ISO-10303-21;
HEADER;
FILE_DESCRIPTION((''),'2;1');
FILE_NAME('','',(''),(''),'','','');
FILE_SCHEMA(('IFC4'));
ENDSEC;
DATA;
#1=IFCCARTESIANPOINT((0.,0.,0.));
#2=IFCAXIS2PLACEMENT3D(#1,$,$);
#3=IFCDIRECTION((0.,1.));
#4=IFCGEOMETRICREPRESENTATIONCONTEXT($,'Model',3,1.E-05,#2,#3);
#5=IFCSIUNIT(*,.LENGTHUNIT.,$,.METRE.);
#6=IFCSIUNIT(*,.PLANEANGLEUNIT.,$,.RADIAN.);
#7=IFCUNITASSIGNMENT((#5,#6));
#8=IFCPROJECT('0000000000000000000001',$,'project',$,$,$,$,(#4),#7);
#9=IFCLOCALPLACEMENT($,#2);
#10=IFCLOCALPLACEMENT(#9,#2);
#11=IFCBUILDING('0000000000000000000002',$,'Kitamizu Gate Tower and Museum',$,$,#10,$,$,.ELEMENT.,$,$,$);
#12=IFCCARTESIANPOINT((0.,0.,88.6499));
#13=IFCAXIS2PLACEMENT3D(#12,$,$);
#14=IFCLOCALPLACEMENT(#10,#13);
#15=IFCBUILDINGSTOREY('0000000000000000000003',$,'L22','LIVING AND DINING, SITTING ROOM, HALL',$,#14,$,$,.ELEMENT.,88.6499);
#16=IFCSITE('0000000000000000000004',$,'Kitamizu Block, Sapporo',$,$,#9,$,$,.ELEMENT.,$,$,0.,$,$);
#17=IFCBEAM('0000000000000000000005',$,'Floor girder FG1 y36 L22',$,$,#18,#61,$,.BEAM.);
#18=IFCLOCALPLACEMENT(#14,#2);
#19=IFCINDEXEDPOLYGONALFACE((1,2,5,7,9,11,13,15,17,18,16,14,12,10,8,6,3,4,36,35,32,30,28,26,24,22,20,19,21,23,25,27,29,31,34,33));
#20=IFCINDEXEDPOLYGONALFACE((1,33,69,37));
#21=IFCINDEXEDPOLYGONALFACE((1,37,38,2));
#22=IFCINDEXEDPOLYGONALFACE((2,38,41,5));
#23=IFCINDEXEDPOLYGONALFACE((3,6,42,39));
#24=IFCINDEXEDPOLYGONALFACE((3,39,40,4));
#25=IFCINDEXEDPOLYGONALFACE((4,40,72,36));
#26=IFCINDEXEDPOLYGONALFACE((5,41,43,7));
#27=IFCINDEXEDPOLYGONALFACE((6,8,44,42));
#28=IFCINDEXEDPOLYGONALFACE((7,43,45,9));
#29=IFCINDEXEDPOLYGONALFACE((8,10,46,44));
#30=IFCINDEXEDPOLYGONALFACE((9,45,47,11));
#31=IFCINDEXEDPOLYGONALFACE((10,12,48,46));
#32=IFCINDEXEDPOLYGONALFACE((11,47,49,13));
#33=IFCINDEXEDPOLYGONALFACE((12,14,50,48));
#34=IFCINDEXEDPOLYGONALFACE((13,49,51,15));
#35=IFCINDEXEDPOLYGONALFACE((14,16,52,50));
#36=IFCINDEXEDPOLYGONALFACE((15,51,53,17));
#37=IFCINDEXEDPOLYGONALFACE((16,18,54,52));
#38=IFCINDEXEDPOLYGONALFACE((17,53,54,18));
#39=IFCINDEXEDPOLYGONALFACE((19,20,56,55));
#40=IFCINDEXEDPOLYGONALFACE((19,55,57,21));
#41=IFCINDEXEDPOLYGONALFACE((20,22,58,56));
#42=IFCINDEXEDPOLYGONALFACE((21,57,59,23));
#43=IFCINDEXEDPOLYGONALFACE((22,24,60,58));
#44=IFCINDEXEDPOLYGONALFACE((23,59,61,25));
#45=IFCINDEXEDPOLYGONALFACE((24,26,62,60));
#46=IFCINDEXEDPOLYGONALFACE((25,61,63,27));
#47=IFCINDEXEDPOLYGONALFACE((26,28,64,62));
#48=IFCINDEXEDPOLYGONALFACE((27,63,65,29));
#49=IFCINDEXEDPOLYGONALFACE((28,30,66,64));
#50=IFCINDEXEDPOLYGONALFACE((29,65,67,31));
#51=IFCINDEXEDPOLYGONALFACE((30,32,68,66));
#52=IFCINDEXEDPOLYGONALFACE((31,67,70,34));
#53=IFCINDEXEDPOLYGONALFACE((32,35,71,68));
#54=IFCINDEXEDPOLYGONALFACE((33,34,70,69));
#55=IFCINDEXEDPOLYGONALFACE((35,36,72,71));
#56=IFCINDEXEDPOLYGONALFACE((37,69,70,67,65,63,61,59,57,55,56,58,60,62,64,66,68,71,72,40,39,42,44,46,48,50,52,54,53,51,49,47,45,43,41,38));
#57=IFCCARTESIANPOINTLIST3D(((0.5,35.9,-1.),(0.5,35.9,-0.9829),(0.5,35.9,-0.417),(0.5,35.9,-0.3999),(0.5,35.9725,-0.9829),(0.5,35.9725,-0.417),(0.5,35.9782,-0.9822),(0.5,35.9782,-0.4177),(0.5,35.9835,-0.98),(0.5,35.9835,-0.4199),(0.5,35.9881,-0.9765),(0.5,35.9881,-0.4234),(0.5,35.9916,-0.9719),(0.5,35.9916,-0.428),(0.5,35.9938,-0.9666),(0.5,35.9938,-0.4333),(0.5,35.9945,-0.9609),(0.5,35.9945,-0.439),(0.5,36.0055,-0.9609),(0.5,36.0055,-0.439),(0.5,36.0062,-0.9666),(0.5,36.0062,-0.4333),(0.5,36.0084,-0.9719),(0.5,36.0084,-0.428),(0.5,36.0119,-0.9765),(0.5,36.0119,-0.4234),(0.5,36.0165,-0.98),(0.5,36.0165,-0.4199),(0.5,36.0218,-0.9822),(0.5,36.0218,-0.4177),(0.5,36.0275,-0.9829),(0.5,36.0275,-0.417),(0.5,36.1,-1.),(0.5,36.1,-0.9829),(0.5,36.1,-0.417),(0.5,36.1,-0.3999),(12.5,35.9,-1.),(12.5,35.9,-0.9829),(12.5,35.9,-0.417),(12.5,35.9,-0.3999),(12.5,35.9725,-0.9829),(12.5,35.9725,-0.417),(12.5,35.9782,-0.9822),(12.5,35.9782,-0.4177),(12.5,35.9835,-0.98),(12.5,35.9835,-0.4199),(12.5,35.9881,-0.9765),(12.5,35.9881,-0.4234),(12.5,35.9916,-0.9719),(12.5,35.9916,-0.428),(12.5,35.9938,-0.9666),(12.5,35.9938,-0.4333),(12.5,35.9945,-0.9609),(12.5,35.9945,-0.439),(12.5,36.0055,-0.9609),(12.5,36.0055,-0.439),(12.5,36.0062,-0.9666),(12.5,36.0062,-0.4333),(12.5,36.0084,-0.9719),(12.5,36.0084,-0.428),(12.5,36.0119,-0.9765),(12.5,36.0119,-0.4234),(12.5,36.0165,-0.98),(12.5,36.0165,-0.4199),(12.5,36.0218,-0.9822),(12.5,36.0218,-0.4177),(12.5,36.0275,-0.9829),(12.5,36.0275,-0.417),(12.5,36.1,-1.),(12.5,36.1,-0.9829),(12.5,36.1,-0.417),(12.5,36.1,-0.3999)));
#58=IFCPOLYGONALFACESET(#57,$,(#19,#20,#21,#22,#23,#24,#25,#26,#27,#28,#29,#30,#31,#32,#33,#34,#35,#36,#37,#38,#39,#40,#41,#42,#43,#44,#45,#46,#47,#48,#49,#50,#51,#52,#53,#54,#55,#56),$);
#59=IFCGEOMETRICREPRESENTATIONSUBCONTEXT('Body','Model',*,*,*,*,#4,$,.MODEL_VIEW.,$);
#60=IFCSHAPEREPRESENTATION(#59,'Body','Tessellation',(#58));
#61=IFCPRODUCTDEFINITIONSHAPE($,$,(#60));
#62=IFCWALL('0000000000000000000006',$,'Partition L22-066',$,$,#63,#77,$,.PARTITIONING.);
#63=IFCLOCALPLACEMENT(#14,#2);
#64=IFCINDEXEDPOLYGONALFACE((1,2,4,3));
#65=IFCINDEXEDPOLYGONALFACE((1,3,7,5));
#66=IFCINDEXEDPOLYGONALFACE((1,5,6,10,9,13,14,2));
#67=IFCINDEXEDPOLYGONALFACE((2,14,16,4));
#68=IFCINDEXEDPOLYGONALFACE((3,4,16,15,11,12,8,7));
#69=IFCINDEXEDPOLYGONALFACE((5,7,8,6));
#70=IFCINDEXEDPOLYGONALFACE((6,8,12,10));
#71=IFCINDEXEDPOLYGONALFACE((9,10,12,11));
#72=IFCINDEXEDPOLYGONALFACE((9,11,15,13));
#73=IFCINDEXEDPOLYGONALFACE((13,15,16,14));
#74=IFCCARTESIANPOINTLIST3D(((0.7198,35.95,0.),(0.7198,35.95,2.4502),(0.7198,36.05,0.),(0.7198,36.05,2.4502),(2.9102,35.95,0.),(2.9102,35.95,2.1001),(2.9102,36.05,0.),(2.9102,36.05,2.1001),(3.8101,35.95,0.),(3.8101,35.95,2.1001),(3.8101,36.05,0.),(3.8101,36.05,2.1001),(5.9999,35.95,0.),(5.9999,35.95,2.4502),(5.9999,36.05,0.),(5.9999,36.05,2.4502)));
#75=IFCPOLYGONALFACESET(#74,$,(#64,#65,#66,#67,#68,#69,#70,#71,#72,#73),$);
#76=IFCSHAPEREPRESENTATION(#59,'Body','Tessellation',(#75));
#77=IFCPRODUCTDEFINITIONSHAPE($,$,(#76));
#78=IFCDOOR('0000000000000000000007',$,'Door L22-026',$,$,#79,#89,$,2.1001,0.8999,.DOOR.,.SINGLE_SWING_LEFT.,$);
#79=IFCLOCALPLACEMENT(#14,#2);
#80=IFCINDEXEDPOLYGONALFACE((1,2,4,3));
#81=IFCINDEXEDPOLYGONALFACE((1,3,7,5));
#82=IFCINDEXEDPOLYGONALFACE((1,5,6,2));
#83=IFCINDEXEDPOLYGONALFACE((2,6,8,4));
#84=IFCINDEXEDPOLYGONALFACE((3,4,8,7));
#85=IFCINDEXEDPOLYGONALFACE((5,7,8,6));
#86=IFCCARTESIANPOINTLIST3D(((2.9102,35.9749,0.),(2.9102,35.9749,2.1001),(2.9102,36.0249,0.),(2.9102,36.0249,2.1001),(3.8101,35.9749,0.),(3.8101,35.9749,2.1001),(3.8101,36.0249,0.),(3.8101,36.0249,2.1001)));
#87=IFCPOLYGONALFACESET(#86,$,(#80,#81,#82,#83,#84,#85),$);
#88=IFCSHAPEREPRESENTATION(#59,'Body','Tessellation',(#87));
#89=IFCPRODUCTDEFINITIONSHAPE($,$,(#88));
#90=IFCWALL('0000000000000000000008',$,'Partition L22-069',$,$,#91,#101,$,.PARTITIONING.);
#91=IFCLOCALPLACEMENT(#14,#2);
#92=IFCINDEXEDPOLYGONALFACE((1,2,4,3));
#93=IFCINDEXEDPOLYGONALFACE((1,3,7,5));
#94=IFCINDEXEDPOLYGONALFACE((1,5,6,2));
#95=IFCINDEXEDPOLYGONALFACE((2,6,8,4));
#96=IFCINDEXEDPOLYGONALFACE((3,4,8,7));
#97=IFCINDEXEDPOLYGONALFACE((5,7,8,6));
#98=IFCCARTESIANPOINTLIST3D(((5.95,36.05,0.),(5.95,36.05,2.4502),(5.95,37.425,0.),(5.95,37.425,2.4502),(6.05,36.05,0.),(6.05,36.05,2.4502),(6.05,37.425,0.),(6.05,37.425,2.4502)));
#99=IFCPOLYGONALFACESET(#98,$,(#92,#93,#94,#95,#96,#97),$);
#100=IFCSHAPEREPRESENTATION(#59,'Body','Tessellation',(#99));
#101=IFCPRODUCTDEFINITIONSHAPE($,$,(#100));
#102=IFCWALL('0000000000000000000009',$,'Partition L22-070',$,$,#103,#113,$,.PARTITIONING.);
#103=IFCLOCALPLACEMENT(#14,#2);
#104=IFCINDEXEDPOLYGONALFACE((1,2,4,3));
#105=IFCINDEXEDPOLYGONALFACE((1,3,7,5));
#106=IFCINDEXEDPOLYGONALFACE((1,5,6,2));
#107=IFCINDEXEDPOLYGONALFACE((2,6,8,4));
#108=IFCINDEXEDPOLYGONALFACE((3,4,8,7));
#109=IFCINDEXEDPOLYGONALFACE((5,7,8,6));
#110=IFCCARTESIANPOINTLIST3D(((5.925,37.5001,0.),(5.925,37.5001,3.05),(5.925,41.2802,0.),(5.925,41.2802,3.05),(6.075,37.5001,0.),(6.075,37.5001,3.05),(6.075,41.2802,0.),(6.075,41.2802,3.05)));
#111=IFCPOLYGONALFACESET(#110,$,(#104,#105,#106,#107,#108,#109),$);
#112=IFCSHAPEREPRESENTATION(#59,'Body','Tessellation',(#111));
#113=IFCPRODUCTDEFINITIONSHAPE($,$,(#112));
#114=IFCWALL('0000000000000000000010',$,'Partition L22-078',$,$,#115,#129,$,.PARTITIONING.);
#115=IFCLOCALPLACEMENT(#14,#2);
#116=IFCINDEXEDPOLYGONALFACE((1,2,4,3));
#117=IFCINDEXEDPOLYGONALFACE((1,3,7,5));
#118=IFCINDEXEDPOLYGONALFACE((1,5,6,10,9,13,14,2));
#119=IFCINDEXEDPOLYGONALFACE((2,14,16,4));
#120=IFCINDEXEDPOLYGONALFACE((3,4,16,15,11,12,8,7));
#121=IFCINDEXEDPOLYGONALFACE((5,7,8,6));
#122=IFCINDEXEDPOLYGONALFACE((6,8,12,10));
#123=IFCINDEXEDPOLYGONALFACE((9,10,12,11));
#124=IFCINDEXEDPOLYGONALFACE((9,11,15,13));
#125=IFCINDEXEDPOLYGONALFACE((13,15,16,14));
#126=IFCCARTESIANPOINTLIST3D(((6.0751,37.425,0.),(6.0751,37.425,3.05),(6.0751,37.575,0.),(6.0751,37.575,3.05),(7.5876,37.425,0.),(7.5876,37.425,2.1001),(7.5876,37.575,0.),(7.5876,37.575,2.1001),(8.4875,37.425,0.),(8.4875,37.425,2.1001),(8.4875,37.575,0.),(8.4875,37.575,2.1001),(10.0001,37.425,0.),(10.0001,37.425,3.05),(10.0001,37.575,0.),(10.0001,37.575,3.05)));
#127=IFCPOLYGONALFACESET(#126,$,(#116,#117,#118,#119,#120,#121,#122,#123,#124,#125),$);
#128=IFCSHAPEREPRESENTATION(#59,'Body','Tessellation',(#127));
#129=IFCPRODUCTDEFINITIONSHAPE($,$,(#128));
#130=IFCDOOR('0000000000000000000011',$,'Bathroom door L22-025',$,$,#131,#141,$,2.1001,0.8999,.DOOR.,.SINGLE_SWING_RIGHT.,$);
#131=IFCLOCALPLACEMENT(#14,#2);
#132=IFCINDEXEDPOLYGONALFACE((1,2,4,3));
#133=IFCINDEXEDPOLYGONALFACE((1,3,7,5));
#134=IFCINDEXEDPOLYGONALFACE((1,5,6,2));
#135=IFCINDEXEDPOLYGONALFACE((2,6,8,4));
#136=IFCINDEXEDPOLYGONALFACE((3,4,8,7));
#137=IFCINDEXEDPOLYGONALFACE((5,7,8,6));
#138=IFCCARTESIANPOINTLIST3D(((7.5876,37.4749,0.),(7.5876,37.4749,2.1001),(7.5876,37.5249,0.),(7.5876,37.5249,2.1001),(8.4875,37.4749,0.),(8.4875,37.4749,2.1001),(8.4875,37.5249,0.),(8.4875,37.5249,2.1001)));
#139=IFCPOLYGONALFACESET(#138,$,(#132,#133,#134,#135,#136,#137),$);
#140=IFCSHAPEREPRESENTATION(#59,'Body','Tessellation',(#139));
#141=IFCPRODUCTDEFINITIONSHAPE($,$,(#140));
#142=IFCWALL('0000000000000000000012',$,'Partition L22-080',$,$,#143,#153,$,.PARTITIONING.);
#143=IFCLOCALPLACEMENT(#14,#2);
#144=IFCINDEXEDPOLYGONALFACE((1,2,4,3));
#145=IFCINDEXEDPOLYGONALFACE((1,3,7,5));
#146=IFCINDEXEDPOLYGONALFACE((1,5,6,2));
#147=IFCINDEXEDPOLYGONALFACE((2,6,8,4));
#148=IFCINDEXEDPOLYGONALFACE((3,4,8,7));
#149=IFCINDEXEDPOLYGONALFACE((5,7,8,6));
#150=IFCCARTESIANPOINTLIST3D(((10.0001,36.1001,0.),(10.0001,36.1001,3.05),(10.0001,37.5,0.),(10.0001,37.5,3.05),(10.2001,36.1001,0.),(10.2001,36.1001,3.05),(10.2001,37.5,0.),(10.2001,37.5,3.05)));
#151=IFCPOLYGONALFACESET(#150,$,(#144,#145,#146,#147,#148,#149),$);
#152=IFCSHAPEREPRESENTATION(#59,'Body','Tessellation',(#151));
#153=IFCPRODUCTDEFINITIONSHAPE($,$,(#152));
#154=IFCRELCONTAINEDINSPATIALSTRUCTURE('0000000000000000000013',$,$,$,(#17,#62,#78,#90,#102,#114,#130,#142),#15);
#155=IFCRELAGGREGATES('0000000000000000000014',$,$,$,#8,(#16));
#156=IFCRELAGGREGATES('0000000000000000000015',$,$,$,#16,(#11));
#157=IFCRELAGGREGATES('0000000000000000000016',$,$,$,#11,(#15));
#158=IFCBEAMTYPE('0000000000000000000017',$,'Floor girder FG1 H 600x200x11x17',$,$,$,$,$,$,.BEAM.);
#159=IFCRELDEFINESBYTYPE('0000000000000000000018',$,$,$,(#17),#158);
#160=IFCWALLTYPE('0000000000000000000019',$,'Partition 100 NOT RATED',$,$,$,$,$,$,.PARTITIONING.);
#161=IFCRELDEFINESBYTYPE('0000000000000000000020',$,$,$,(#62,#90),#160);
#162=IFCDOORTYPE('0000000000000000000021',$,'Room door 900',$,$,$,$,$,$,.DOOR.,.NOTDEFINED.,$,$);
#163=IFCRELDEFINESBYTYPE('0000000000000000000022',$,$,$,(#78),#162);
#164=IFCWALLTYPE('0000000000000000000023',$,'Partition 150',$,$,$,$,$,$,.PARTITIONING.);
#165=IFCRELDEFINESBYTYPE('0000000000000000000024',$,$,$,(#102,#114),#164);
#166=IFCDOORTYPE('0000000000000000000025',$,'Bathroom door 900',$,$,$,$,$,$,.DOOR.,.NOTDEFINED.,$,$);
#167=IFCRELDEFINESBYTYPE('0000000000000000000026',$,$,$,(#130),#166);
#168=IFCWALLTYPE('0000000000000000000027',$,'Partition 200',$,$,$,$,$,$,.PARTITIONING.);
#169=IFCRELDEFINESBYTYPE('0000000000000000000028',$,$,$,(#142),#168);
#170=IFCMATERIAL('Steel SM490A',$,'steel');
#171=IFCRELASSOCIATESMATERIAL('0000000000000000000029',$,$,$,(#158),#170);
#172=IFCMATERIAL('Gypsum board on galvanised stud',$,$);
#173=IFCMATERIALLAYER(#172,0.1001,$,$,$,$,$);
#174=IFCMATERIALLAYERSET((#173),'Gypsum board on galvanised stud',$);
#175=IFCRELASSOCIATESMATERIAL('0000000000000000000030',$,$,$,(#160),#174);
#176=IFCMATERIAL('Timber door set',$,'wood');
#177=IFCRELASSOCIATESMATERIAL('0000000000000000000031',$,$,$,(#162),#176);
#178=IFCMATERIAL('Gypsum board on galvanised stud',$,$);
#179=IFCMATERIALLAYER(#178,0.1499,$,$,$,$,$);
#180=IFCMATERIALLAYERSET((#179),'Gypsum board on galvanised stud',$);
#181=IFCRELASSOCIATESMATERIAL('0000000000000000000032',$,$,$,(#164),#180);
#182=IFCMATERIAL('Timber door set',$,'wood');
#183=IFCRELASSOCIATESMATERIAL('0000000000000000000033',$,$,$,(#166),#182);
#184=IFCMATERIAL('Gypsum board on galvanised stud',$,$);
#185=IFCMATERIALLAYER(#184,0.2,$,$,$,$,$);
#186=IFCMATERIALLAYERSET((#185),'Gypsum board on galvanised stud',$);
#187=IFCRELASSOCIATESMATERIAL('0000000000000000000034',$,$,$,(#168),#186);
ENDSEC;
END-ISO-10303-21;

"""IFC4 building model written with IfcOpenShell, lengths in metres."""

from ifc_helpers import new_model, si_unit, direction, frame, frame_2d, origin, origin_2d, place, context, subcontext, project, spatial, rectangle, i_section, extrude, material, layer, layer_set, material_profile, profile_set, type_object, element, fill, save


model = new_model("IFC4")

# Units and contexts
model_context = context("Model", 3, precision=1e-05, world=origin(), true_north=direction((0.0, 1.0)))
body_context = subcontext(model_context, "Body", "Model", "MODEL_VIEW")
ifc_project = project(units=[si_unit("LENGTHUNIT", "METRE"), si_unit("PLANEANGLEUNIT", "RADIAN")], contexts=[model_context])

# Site, building, storey
site_placement = place(None, origin())
site = spatial("IfcSite", under=ifc_project, at=site_placement, Name="Kitamizu Block, Sapporo", CompositionType="ELEMENT", RefElevation=0.0)
building_placement = place(site_placement, origin())
building = spatial("IfcBuilding", under=site, at=building_placement, Name="Kitamizu Gate Tower and Museum", CompositionType="ELEMENT")
storey_placement = place(building_placement, frame((0.0, 0.0, 88.6499)))
storey = spatial("IfcBuildingStorey", under=building, at=storey_placement, Name="L22", Description="LIVING AND DINING, SITTING ROOM, HALL", CompositionType="ELEMENT", Elevation=88.6499)

# Beam
ifc_material_1 = material(Name="Steel SM490A", Category="steel")
ifc_material_profile = material_profile(ifc_material_1, i_section(OverallWidth=0.2, OverallDepth=0.6001, WebThickness=0.011, FlangeThickness=0.0171, FilletRadius=0.022, at=origin_2d()), Name="H-600x200x11x17")
ifc_profile_set = profile_set([ifc_material_profile], Name="Steel SM490A")
beam_type = type_object("IfcBeamType", Name="Floor girder FG1 H 600x200x11x17", PredefinedType="BEAM", material=ifc_profile_set)
beam_placement = place(storey_placement, frame((0.5, 36.0, -0.7), z_axis=(1.0, 0.0, 0.0), x_axis=(0.0, 1.0, 0.0)))
element("IfcBeam", 1, at=beam_placement, inside=storey, type_object=beam_type, Name="Floor girder FG1 y36 L22", PredefinedType="BEAM", context=body_context, shape_type="SweptSolid", body=[
    extrude(i_section(OverallWidth=0.2, OverallDepth=0.6001, WebThickness=0.011, FlangeThickness=0.0171, FilletRadius=0.022, at=origin_2d()), origin(), (0.0, 0.0, 1.0), 12.0),
])

# Wall, opening, door
ifc_material_2 = material(Name="Gypsum board on galvanised stud")
ifc_layer_1 = layer(ifc_material_2, 0.1001)
ifc_layer_set_1 = layer_set([ifc_layer_1], Name="Gypsum board on galvanised stud")
wall_type_1 = type_object("IfcWallType", Name="Partition 100 NOT RATED", PredefinedType="PARTITIONING", material=ifc_layer_set_1)
wall_1_placement = place(storey_placement, frame((6.0, 36.0, 0.0), z_axis=(0.0, 0.0, 1.0), x_axis=(-1.0, 0.0, 0.0)))
wall_1 = element("IfcWall", 2, at=wall_1_placement, inside=storey, type_object=wall_type_1, Name="Partition L22-066", PredefinedType="PARTITIONING", context=body_context, shape_type="SweptSolid", body=[
    extrude(rectangle(XDim=5.28, YDim=0.1001, at=frame_2d((2.6401, 0.0))), origin(), (0.0, 0.0, 1.0), 2.4502),
])
opening_1_placement = place(wall_1_placement, frame((2.1899, 0.0, 0.0)))
opening_1 = element("IfcOpeningElement", 3, at=opening_1_placement, cuts=wall_1, PredefinedType="OPENING", context=body_context, shape_type="SweptSolid", body=[
    extrude(rectangle(XDim=0.8999, YDim=2.1001, at=frame_2d((0.45, 1.05))), frame((0.0, 0.0601, 0.0), z_axis=(0.0, -1.0, 0.0), x_axis=(1.0, 0.0, 0.0)), (0.0, 0.0, 1.0), 0.1201),
])
ifc_material_3 = material(Name="Timber door set", Category="wood")
door_type_1 = type_object("IfcDoorType", Name="Room door 900", OperationType="NOTDEFINED", PredefinedType="DOOR", material=ifc_material_3)
door_1_placement = place(opening_1_placement, frame((0.8999, 0.0, 0.0), x_axis=(-1.0, 0.0, 0.0)))
door_1 = element("IfcDoor", 4, at=door_1_placement, inside=storey, type_object=door_type_1, Name="Door L22-026", OperationType="SINGLE_SWING_LEFT", OverallHeight=2.1001, OverallWidth=0.8999, PredefinedType="DOOR", context=body_context, shape_type="SweptSolid", body=[
    extrude(rectangle(XDim=0.8999, YDim=2.1001, at=frame_2d((0.45, 1.05))), frame((0.0, 0.0249, 0.0), z_axis=(0.0, -1.0, 0.0), x_axis=(1.0, 0.0, 0.0)), (0.0, 0.0, 1.0), 0.05),
])
fill(opening_1, door_1)

# Walls
wall_2_placement = place(storey_placement, frame((6.0, 36.05, 0.0), z_axis=(0.0, 0.0, 1.0), x_axis=(0.0, 1.0, 0.0)))
element("IfcWall", 5, at=wall_2_placement, inside=storey, type_object=wall_type_1, Name="Partition L22-069", PredefinedType="PARTITIONING", context=body_context, shape_type="SweptSolid", body=[
    extrude(rectangle(XDim=1.375, YDim=0.1001, at=frame_2d((0.6875, 0.0))), origin(), (0.0, 0.0, 1.0), 2.4502),
])
ifc_material_4 = material(Name="Gypsum board on galvanised stud")
ifc_layer_2 = layer(ifc_material_4, 0.1499)
ifc_layer_set_2 = layer_set([ifc_layer_2], Name="Gypsum board on galvanised stud")
wall_type_2 = type_object("IfcWallType", Name="Partition 150", PredefinedType="PARTITIONING", material=ifc_layer_set_2)
wall_3_placement = place(storey_placement, frame((6.0, 37.5, 0.0), z_axis=(0.0, 0.0, 1.0), x_axis=(0.0, 1.0, 0.0)))
element("IfcWall", 6, at=wall_3_placement, inside=storey, type_object=wall_type_2, Name="Partition L22-070", PredefinedType="PARTITIONING", context=body_context, shape_type="SweptSolid", body=[
    extrude(rectangle(XDim=3.78, YDim=0.1499, at=frame_2d((1.8901, 0.0))), origin(), (0.0, 0.0, 1.0), 3.05),
])

# Wall, opening, door
wall_4_placement = place(storey_placement, frame((10.0, 37.5, 0.0), z_axis=(0.0, 0.0, 1.0), x_axis=(-1.0, 0.0, 0.0)))
wall_4 = element("IfcWall", 7, at=wall_4_placement, inside=storey, type_object=wall_type_2, Name="Partition L22-078", PredefinedType="PARTITIONING", context=body_context, shape_type="SweptSolid", body=[
    extrude(rectangle(XDim=3.925, YDim=0.1499, at=frame_2d((1.9624, 0.0))), origin(), (0.0, 0.0, 1.0), 3.05),
])
opening_2_placement = place(wall_4_placement, frame((1.5125, 0.0, 0.0)))
opening_2 = element("IfcOpeningElement", 8, at=opening_2_placement, cuts=wall_4, PredefinedType="OPENING", context=body_context, shape_type="SweptSolid", body=[
    extrude(rectangle(XDim=0.8999, YDim=2.1001, at=frame_2d((0.45, 1.05))), frame((0.0, 0.085, 0.0), z_axis=(0.0, -1.0, 0.0), x_axis=(1.0, 0.0, 0.0)), (0.0, 0.0, 1.0), 0.1699),
])
ifc_material_5 = material(Name="Timber door set", Category="wood")
door_type_2 = type_object("IfcDoorType", Name="Bathroom door 900", OperationType="NOTDEFINED", PredefinedType="DOOR", material=ifc_material_5)
door_2_placement = place(opening_2_placement, frame((0.8999, 0.0, 0.0), x_axis=(-1.0, 0.0, 0.0)))
door_2 = element("IfcDoor", 9, at=door_2_placement, inside=storey, type_object=door_type_2, Name="Bathroom door L22-025", OperationType="SINGLE_SWING_RIGHT", OverallHeight=2.1001, OverallWidth=0.8999, PredefinedType="DOOR", context=body_context, shape_type="SweptSolid", body=[
    extrude(rectangle(XDim=0.8999, YDim=2.1001, at=frame_2d((0.45, 1.05))), frame((0.0, 0.0249, 0.0), z_axis=(0.0, -1.0, 0.0), x_axis=(1.0, 0.0, 0.0)), (0.0, 0.0, 1.0), 0.05),
])
fill(opening_2, door_2)

# Wall
ifc_material_6 = material(Name="Gypsum board on galvanised stud")
ifc_layer_3 = layer(ifc_material_6, 0.2)
ifc_layer_set_3 = layer_set([ifc_layer_3], Name="Gypsum board on galvanised stud")
wall_type_3 = type_object("IfcWallType", Name="Partition 200", PredefinedType="PARTITIONING", material=ifc_layer_set_3)
wall_5_placement = place(storey_placement, frame((10.1001, 36.1001, 0.0), z_axis=(0.0, 0.0, 1.0), x_axis=(0.0, 1.0, 0.0)))
element("IfcWall", 10, at=wall_5_placement, inside=storey, type_object=wall_type_3, Name="Partition L22-080", PredefinedType="PARTITIONING", context=body_context, shape_type="SweptSolid", body=[
    extrude(rectangle(XDim=1.3999, YDim=0.2, at=frame_2d((0.7, 0.0))), origin(), (0.0, 0.0, 1.0), 3.05),
])

save(model, "model.ifc")
